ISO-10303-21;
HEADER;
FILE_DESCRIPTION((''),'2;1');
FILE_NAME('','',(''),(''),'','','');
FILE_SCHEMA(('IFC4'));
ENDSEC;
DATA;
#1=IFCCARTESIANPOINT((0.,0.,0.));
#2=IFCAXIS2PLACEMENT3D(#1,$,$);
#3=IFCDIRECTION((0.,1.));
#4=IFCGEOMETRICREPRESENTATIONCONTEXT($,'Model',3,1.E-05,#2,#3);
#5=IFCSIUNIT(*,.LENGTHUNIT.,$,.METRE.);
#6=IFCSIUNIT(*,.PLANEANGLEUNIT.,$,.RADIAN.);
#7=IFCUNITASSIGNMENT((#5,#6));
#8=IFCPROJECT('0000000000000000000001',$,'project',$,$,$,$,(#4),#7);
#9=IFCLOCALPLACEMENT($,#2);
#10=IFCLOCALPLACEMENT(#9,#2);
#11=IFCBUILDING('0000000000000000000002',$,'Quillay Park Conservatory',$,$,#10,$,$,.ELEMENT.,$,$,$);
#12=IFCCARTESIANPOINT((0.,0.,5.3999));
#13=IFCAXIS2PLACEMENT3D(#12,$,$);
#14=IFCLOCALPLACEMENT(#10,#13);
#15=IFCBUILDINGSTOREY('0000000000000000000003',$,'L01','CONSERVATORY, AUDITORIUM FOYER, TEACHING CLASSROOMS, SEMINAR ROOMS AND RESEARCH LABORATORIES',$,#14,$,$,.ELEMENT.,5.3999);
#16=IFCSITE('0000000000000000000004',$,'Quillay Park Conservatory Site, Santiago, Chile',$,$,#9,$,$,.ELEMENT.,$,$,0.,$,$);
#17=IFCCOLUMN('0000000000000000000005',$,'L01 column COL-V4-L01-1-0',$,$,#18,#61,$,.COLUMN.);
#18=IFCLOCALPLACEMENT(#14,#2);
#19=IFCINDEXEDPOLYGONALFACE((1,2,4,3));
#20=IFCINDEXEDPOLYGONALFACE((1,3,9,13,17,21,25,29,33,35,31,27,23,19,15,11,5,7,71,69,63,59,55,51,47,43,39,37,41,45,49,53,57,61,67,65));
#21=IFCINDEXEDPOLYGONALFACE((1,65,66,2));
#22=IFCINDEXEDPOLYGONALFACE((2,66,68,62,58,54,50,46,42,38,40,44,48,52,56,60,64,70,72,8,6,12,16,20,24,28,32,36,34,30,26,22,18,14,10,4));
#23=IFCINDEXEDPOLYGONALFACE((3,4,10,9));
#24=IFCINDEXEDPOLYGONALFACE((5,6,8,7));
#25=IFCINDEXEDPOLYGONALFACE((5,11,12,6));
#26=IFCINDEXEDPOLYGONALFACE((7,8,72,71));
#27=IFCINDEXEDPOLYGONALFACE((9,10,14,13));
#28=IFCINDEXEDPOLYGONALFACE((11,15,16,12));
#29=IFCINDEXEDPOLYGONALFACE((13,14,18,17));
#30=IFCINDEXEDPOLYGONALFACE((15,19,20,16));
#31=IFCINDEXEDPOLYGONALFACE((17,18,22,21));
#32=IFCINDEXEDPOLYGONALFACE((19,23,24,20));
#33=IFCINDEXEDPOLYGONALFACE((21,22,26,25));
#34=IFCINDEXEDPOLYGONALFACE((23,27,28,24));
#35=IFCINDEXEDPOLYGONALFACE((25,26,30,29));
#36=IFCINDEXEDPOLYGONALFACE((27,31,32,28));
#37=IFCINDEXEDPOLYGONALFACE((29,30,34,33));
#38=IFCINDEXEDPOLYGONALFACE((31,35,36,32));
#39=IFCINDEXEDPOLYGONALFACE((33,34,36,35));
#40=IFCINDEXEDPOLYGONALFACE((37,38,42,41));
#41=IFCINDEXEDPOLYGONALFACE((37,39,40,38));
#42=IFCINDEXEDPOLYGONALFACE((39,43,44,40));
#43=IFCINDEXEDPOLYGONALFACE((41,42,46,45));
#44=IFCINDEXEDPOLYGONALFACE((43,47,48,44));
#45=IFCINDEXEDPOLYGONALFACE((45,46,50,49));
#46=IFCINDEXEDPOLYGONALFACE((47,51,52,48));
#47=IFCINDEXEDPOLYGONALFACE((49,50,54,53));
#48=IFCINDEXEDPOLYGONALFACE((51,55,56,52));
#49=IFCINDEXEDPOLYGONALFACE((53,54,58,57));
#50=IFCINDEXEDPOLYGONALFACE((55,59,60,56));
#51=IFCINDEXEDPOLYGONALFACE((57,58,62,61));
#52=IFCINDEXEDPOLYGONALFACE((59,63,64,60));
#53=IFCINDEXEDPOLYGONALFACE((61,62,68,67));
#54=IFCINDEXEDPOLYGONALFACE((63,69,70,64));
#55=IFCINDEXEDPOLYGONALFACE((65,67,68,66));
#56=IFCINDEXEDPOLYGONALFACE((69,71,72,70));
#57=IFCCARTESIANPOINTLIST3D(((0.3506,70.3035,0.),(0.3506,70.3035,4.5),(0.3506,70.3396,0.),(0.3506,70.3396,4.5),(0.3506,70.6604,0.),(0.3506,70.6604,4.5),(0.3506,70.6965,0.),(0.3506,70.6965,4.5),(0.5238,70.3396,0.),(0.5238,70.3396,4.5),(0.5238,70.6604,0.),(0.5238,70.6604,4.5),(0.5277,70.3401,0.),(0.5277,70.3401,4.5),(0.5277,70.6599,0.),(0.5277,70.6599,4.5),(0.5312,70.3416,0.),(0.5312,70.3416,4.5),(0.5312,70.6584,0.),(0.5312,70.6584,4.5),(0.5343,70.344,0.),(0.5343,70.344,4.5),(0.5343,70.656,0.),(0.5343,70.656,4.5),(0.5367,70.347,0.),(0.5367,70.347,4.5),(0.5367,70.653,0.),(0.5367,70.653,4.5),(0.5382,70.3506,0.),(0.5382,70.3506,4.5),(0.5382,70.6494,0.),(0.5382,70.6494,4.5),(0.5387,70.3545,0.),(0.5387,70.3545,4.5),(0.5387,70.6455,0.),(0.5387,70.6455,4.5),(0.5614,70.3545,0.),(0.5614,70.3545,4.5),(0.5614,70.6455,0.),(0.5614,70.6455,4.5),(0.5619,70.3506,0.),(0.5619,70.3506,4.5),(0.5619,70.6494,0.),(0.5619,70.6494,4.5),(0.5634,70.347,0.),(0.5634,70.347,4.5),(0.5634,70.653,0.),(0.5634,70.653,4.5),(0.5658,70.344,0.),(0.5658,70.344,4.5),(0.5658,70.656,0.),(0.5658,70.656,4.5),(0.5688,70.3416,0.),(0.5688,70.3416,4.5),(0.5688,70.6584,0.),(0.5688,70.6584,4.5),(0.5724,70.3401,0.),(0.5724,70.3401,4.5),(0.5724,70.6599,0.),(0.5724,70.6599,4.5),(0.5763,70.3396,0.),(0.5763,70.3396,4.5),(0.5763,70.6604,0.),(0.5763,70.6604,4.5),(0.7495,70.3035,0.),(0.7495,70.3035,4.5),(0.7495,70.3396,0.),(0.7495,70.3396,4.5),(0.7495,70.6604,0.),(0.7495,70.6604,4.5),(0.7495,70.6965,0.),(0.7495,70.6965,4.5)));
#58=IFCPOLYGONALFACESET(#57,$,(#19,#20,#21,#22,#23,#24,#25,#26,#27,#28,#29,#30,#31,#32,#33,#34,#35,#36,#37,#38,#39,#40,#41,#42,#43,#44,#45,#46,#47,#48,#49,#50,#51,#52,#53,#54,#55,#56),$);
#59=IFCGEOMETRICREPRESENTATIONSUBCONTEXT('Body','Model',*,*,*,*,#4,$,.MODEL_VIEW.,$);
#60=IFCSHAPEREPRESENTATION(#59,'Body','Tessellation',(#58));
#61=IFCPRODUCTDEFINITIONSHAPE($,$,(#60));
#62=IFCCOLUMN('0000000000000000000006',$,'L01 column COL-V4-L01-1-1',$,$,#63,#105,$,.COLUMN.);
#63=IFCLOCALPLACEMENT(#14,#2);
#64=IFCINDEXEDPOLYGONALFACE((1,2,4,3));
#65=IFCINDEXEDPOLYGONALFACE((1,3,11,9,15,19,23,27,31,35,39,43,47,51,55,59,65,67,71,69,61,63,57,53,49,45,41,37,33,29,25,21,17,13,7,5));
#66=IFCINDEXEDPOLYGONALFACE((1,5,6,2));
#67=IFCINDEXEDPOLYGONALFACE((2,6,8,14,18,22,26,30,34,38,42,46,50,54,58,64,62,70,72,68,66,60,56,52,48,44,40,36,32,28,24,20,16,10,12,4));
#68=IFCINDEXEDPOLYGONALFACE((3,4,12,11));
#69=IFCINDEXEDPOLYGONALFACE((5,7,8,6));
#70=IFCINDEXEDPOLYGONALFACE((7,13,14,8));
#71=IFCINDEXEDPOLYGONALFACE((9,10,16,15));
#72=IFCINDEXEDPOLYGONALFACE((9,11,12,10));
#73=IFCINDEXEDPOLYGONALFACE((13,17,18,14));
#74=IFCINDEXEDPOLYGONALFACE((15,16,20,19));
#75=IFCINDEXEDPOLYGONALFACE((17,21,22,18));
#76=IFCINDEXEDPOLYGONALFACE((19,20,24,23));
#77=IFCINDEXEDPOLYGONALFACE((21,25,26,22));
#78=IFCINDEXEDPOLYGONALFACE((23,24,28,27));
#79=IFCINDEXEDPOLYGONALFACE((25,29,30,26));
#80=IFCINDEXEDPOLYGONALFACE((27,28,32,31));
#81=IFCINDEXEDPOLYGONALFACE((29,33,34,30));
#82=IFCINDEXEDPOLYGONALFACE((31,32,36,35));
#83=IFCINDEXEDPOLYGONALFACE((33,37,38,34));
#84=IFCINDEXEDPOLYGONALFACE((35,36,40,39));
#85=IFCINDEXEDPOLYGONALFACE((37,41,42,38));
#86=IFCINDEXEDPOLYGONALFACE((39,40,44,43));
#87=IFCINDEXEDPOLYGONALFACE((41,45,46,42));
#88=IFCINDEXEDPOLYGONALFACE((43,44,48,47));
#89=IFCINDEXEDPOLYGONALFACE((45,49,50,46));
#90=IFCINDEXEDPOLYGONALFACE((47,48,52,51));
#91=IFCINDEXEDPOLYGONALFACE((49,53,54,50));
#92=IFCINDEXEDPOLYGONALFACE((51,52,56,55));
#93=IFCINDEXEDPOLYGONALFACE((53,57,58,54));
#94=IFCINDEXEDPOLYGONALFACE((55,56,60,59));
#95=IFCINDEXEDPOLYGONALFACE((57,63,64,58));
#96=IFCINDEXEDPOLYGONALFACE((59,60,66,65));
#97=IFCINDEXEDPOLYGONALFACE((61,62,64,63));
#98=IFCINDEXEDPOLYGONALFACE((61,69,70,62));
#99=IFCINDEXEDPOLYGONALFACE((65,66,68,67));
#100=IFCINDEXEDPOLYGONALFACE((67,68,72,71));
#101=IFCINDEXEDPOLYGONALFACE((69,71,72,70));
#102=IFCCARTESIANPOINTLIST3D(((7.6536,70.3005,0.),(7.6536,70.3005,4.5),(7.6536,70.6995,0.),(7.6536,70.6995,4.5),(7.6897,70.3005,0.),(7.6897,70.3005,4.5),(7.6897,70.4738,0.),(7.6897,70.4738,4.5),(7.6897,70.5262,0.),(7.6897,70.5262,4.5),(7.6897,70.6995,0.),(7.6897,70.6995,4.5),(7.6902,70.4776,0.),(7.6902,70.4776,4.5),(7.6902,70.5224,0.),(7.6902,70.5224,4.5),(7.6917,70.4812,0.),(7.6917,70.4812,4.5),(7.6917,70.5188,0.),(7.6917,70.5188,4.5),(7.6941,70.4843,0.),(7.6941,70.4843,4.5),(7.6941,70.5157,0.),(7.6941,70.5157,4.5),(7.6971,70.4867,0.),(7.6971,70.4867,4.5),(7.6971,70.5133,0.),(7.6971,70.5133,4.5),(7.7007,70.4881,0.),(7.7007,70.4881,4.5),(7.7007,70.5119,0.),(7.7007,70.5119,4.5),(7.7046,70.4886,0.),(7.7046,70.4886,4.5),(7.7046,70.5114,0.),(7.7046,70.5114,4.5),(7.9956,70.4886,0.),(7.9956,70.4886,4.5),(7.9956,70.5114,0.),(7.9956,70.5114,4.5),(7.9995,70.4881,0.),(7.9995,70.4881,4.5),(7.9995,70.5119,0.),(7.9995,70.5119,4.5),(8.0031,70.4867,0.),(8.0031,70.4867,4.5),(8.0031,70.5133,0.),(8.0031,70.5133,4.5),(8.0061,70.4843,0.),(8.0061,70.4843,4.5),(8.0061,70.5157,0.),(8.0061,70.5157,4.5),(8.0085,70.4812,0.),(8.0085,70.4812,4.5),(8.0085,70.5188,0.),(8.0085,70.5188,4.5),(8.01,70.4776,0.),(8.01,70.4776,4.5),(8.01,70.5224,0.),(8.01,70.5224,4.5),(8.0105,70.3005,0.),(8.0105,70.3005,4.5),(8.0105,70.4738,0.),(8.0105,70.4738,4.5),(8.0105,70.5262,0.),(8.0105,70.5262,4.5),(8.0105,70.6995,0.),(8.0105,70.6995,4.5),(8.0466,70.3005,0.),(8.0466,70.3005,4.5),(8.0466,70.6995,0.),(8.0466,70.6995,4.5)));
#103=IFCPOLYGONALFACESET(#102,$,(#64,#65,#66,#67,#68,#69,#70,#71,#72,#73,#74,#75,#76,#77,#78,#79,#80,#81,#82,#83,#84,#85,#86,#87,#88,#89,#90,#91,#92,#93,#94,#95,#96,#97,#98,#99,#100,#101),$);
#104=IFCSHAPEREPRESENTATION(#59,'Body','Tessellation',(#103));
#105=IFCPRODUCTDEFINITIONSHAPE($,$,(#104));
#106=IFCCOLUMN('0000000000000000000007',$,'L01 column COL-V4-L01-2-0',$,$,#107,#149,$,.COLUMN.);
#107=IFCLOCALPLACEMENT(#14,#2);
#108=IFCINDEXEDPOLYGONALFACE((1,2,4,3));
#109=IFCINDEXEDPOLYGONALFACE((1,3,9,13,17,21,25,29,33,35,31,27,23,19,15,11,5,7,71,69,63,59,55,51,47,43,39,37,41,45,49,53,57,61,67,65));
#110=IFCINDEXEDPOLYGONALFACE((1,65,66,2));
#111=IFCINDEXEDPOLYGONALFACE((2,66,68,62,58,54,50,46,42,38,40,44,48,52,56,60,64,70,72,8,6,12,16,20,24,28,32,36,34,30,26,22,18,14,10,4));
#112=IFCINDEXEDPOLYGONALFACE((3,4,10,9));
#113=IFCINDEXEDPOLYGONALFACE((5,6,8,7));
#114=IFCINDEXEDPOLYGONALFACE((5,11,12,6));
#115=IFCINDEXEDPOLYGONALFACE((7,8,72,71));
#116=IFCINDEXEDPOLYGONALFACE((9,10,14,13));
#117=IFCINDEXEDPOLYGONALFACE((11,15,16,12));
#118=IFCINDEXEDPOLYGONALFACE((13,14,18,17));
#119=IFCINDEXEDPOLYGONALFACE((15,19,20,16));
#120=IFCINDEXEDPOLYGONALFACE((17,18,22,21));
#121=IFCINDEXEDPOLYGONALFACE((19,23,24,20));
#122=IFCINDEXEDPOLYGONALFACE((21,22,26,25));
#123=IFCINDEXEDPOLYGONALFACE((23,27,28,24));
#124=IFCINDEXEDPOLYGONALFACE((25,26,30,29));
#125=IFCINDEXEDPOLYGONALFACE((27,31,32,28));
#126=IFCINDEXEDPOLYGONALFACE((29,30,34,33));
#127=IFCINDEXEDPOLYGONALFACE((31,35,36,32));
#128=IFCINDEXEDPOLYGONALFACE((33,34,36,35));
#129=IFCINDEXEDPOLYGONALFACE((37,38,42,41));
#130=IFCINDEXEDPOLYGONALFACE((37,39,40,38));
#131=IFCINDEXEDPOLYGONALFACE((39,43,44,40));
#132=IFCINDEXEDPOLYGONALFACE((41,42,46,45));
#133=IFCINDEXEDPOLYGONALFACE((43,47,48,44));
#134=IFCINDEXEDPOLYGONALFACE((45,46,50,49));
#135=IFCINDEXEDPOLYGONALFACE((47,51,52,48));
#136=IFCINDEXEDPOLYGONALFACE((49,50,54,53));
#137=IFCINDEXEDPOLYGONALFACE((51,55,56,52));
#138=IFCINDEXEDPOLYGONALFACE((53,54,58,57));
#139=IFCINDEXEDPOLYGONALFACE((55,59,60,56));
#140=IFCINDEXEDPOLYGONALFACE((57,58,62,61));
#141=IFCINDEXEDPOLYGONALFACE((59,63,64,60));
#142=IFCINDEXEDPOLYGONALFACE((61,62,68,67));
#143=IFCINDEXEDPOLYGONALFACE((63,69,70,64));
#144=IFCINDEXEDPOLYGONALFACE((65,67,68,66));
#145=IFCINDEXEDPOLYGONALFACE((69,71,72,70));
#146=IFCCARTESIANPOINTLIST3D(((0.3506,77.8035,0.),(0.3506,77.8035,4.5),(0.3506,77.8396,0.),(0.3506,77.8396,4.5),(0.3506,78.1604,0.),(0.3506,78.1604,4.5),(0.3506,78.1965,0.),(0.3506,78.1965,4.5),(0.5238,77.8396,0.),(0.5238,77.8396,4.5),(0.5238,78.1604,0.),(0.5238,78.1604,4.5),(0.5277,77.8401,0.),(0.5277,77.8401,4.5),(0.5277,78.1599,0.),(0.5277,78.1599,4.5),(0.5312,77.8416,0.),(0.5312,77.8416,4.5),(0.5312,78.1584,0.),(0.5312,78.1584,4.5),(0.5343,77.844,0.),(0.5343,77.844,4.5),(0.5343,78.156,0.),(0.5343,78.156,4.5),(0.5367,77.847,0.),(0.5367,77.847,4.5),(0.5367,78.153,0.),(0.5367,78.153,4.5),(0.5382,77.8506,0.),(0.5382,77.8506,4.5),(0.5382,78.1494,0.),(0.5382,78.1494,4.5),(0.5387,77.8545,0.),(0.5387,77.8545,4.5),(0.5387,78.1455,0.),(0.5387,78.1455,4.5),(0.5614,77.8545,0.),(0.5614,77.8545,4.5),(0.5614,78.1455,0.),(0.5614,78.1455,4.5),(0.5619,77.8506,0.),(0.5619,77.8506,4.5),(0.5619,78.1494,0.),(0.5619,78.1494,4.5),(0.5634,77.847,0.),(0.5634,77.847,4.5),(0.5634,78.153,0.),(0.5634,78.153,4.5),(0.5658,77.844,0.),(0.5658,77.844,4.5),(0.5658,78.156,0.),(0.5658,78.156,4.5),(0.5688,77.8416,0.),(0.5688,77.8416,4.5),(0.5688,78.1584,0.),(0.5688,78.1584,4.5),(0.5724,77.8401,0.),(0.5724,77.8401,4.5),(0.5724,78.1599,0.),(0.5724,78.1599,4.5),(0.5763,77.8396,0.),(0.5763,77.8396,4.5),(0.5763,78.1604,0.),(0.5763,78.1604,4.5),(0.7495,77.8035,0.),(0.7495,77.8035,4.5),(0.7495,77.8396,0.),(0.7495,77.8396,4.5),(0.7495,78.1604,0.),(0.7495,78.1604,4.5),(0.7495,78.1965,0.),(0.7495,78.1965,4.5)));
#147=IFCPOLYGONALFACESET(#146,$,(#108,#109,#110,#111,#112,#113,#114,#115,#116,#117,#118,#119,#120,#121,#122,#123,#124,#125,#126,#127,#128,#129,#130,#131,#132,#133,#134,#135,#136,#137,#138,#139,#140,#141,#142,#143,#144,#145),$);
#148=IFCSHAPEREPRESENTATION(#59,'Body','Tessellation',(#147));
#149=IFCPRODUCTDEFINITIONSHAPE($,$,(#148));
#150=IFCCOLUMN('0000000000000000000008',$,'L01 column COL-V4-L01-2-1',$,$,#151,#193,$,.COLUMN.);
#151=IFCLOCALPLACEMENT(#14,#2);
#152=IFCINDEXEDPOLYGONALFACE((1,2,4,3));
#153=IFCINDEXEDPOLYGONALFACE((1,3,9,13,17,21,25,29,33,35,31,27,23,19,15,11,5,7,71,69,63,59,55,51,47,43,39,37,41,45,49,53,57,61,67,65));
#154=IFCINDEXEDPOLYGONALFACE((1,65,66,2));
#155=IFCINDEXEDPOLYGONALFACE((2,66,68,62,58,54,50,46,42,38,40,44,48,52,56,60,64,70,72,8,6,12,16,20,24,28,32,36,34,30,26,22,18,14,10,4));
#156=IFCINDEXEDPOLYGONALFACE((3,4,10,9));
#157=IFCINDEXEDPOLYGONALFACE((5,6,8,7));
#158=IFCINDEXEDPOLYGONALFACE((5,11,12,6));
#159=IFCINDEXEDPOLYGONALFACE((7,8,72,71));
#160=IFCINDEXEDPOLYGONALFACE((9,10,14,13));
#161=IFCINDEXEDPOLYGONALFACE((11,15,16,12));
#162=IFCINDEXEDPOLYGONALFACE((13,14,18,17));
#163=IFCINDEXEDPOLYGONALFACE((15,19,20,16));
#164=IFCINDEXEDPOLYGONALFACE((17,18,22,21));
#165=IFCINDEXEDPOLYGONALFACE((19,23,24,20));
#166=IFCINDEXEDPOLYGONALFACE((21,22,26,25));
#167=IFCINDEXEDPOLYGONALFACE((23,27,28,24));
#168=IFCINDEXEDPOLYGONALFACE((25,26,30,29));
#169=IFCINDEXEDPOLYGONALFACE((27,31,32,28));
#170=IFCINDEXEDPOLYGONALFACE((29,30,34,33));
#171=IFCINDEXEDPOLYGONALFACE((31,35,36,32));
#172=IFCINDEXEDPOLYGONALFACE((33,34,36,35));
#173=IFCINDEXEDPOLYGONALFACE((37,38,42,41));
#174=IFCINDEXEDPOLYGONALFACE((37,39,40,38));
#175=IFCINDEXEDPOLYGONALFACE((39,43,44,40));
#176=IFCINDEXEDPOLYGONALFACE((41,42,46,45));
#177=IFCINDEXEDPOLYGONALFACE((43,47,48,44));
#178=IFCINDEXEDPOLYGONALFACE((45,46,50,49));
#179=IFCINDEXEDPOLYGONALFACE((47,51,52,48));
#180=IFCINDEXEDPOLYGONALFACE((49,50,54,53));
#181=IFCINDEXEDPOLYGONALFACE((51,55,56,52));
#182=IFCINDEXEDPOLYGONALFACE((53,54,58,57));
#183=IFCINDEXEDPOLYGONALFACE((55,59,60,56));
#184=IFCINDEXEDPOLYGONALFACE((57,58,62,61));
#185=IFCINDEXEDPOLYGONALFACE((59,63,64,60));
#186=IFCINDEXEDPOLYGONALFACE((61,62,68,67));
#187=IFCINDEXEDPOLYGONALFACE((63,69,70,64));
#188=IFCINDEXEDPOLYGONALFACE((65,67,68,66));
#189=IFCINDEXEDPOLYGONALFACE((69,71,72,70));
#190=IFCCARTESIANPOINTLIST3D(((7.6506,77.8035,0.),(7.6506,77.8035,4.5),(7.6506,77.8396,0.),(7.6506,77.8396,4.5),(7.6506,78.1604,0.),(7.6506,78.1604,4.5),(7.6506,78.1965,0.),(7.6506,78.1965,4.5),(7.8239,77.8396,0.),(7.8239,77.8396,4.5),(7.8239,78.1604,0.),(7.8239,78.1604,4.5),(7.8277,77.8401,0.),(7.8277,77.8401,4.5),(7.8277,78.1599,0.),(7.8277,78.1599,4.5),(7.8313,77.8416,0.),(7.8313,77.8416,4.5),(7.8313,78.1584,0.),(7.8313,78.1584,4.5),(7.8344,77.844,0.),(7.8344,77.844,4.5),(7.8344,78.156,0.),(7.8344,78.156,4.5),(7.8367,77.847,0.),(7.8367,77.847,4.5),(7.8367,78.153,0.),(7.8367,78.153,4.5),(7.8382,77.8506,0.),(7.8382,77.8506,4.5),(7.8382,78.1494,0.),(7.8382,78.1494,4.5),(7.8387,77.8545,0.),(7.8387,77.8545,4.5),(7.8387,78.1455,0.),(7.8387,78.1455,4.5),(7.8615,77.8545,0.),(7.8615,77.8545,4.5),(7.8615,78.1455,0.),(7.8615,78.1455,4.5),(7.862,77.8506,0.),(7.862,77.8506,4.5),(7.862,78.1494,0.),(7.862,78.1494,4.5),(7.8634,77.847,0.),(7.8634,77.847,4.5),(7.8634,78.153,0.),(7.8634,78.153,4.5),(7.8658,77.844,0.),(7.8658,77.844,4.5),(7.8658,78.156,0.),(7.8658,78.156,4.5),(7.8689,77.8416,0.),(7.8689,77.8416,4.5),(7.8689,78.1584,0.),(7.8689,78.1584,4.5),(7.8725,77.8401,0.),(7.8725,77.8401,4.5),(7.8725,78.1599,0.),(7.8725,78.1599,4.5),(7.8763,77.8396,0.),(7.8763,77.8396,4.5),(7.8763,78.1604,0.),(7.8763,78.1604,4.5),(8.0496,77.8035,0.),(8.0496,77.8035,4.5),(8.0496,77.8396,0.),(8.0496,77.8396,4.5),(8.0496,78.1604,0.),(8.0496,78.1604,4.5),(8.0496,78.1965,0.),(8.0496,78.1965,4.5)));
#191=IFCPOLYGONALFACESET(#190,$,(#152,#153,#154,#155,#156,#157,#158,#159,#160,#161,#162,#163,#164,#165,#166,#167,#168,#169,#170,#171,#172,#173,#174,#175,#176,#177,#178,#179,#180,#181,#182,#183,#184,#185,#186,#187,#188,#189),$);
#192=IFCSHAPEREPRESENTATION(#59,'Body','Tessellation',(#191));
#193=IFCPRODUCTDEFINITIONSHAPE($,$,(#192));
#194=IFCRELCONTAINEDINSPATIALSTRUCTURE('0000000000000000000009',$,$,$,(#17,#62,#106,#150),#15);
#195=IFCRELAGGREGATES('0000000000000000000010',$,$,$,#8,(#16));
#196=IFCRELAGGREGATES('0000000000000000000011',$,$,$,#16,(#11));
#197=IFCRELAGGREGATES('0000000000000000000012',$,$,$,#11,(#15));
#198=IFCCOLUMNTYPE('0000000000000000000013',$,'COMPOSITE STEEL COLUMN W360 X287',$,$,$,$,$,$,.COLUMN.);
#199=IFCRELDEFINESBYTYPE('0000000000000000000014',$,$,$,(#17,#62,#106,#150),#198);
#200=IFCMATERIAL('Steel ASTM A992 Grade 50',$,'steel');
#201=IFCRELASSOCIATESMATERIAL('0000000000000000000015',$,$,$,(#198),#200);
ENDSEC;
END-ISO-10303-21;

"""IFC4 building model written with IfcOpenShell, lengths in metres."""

from ifc_helpers import new_model, si_unit, direction, frame, origin, origin_2d, place, context, subcontext, project, spatial, i_section, extrude, material, material_profile, profile_set, type_object, element, save


model = new_model("IFC4")

# Units and contexts
model_context = context("Model", 3, precision=1e-05, world=origin(), true_north=direction((0.0, 1.0)))
body_context = subcontext(model_context, "Body", "Model", "MODEL_VIEW")
ifc_project = project(units=[si_unit("LENGTHUNIT", "METRE"), si_unit("PLANEANGLEUNIT", "RADIAN")], contexts=[model_context])

# Site, building, storey
site_placement = place(None, origin())
site = spatial("IfcSite", under=ifc_project, at=site_placement, Name="Quillay Park Conservatory Site, Santiago, Chile", CompositionType="ELEMENT", RefElevation=0.0)
building_placement = place(site_placement, origin())
building = spatial("IfcBuilding", under=site, at=building_placement, Name="Quillay Park Conservatory", CompositionType="ELEMENT")
storey_placement = place(building_placement, frame((0.0, 0.0, 5.3999)))
storey = spatial("IfcBuildingStorey", under=building, at=storey_placement, Name="L01", Description="CONSERVATORY, AUDITORIUM FOYER, TEACHING CLASSROOMS, SEMINAR ROOMS AND RESEARCH LABORATORIES", CompositionType="ELEMENT", Elevation=5.3999)

# Columns
ifc_material_1 = material(Name="Steel ASTM A992 Grade 50", Category="steel")
ifc_material_profile_1 = material_profile(ifc_material_1, i_section(OverallWidth=0.3989, OverallDepth=0.3931, WebThickness=0.0227, FlangeThickness=0.0361, FilletRadius=0.0149, at=origin_2d()), Name="W360x287")
ifc_profile_set_1 = profile_set([ifc_material_profile_1], Name="Steel ASTM A992 Grade 50")
column_type = type_object("IfcColumnType", Name="COMPOSITE STEEL COLUMN W360 X287", PredefinedType="COLUMN", material=ifc_profile_set_1)
for number, where, z_axis, x_axis, name in (
    (1, (0.55, 70.5, 0.0), (0.0, 0.0, 1.0), (1.0, 0.0, 0.0), "L01 column COL-V4-L01-1-0"),
    (2, (7.8501, 70.5, 0.0), (0.0, 0.0, 1.0), (0.0, 1.0, 0.0), "L01 column COL-V4-L01-1-1"),
    (3, (0.55, 78.0, 0.0), (0.0, 0.0, 1.0), (1.0, 0.0, 0.0), "L01 column COL-V4-L01-2-0"),
    (4, (7.8501, 78.0, 0.0), (0.0, 0.0, 1.0), (1.0, 0.0, 0.0), "L01 column COL-V4-L01-2-1"),
):
    element("IfcColumn", number, at=place(storey_placement, frame(where, z_axis=z_axis, x_axis=x_axis)), inside=storey, type_object=column_type, Name=name, PredefinedType="COLUMN", context=body_context, shape_type="SweptSolid", body=[
        extrude(i_section(OverallWidth=0.3989, OverallDepth=0.3931, WebThickness=0.0227, FlangeThickness=0.0361, FilletRadius=0.0149, at=origin_2d()), origin(), (0.0, 0.0, 1.0), 4.5),
    ])

save(model, "model.ifc")
